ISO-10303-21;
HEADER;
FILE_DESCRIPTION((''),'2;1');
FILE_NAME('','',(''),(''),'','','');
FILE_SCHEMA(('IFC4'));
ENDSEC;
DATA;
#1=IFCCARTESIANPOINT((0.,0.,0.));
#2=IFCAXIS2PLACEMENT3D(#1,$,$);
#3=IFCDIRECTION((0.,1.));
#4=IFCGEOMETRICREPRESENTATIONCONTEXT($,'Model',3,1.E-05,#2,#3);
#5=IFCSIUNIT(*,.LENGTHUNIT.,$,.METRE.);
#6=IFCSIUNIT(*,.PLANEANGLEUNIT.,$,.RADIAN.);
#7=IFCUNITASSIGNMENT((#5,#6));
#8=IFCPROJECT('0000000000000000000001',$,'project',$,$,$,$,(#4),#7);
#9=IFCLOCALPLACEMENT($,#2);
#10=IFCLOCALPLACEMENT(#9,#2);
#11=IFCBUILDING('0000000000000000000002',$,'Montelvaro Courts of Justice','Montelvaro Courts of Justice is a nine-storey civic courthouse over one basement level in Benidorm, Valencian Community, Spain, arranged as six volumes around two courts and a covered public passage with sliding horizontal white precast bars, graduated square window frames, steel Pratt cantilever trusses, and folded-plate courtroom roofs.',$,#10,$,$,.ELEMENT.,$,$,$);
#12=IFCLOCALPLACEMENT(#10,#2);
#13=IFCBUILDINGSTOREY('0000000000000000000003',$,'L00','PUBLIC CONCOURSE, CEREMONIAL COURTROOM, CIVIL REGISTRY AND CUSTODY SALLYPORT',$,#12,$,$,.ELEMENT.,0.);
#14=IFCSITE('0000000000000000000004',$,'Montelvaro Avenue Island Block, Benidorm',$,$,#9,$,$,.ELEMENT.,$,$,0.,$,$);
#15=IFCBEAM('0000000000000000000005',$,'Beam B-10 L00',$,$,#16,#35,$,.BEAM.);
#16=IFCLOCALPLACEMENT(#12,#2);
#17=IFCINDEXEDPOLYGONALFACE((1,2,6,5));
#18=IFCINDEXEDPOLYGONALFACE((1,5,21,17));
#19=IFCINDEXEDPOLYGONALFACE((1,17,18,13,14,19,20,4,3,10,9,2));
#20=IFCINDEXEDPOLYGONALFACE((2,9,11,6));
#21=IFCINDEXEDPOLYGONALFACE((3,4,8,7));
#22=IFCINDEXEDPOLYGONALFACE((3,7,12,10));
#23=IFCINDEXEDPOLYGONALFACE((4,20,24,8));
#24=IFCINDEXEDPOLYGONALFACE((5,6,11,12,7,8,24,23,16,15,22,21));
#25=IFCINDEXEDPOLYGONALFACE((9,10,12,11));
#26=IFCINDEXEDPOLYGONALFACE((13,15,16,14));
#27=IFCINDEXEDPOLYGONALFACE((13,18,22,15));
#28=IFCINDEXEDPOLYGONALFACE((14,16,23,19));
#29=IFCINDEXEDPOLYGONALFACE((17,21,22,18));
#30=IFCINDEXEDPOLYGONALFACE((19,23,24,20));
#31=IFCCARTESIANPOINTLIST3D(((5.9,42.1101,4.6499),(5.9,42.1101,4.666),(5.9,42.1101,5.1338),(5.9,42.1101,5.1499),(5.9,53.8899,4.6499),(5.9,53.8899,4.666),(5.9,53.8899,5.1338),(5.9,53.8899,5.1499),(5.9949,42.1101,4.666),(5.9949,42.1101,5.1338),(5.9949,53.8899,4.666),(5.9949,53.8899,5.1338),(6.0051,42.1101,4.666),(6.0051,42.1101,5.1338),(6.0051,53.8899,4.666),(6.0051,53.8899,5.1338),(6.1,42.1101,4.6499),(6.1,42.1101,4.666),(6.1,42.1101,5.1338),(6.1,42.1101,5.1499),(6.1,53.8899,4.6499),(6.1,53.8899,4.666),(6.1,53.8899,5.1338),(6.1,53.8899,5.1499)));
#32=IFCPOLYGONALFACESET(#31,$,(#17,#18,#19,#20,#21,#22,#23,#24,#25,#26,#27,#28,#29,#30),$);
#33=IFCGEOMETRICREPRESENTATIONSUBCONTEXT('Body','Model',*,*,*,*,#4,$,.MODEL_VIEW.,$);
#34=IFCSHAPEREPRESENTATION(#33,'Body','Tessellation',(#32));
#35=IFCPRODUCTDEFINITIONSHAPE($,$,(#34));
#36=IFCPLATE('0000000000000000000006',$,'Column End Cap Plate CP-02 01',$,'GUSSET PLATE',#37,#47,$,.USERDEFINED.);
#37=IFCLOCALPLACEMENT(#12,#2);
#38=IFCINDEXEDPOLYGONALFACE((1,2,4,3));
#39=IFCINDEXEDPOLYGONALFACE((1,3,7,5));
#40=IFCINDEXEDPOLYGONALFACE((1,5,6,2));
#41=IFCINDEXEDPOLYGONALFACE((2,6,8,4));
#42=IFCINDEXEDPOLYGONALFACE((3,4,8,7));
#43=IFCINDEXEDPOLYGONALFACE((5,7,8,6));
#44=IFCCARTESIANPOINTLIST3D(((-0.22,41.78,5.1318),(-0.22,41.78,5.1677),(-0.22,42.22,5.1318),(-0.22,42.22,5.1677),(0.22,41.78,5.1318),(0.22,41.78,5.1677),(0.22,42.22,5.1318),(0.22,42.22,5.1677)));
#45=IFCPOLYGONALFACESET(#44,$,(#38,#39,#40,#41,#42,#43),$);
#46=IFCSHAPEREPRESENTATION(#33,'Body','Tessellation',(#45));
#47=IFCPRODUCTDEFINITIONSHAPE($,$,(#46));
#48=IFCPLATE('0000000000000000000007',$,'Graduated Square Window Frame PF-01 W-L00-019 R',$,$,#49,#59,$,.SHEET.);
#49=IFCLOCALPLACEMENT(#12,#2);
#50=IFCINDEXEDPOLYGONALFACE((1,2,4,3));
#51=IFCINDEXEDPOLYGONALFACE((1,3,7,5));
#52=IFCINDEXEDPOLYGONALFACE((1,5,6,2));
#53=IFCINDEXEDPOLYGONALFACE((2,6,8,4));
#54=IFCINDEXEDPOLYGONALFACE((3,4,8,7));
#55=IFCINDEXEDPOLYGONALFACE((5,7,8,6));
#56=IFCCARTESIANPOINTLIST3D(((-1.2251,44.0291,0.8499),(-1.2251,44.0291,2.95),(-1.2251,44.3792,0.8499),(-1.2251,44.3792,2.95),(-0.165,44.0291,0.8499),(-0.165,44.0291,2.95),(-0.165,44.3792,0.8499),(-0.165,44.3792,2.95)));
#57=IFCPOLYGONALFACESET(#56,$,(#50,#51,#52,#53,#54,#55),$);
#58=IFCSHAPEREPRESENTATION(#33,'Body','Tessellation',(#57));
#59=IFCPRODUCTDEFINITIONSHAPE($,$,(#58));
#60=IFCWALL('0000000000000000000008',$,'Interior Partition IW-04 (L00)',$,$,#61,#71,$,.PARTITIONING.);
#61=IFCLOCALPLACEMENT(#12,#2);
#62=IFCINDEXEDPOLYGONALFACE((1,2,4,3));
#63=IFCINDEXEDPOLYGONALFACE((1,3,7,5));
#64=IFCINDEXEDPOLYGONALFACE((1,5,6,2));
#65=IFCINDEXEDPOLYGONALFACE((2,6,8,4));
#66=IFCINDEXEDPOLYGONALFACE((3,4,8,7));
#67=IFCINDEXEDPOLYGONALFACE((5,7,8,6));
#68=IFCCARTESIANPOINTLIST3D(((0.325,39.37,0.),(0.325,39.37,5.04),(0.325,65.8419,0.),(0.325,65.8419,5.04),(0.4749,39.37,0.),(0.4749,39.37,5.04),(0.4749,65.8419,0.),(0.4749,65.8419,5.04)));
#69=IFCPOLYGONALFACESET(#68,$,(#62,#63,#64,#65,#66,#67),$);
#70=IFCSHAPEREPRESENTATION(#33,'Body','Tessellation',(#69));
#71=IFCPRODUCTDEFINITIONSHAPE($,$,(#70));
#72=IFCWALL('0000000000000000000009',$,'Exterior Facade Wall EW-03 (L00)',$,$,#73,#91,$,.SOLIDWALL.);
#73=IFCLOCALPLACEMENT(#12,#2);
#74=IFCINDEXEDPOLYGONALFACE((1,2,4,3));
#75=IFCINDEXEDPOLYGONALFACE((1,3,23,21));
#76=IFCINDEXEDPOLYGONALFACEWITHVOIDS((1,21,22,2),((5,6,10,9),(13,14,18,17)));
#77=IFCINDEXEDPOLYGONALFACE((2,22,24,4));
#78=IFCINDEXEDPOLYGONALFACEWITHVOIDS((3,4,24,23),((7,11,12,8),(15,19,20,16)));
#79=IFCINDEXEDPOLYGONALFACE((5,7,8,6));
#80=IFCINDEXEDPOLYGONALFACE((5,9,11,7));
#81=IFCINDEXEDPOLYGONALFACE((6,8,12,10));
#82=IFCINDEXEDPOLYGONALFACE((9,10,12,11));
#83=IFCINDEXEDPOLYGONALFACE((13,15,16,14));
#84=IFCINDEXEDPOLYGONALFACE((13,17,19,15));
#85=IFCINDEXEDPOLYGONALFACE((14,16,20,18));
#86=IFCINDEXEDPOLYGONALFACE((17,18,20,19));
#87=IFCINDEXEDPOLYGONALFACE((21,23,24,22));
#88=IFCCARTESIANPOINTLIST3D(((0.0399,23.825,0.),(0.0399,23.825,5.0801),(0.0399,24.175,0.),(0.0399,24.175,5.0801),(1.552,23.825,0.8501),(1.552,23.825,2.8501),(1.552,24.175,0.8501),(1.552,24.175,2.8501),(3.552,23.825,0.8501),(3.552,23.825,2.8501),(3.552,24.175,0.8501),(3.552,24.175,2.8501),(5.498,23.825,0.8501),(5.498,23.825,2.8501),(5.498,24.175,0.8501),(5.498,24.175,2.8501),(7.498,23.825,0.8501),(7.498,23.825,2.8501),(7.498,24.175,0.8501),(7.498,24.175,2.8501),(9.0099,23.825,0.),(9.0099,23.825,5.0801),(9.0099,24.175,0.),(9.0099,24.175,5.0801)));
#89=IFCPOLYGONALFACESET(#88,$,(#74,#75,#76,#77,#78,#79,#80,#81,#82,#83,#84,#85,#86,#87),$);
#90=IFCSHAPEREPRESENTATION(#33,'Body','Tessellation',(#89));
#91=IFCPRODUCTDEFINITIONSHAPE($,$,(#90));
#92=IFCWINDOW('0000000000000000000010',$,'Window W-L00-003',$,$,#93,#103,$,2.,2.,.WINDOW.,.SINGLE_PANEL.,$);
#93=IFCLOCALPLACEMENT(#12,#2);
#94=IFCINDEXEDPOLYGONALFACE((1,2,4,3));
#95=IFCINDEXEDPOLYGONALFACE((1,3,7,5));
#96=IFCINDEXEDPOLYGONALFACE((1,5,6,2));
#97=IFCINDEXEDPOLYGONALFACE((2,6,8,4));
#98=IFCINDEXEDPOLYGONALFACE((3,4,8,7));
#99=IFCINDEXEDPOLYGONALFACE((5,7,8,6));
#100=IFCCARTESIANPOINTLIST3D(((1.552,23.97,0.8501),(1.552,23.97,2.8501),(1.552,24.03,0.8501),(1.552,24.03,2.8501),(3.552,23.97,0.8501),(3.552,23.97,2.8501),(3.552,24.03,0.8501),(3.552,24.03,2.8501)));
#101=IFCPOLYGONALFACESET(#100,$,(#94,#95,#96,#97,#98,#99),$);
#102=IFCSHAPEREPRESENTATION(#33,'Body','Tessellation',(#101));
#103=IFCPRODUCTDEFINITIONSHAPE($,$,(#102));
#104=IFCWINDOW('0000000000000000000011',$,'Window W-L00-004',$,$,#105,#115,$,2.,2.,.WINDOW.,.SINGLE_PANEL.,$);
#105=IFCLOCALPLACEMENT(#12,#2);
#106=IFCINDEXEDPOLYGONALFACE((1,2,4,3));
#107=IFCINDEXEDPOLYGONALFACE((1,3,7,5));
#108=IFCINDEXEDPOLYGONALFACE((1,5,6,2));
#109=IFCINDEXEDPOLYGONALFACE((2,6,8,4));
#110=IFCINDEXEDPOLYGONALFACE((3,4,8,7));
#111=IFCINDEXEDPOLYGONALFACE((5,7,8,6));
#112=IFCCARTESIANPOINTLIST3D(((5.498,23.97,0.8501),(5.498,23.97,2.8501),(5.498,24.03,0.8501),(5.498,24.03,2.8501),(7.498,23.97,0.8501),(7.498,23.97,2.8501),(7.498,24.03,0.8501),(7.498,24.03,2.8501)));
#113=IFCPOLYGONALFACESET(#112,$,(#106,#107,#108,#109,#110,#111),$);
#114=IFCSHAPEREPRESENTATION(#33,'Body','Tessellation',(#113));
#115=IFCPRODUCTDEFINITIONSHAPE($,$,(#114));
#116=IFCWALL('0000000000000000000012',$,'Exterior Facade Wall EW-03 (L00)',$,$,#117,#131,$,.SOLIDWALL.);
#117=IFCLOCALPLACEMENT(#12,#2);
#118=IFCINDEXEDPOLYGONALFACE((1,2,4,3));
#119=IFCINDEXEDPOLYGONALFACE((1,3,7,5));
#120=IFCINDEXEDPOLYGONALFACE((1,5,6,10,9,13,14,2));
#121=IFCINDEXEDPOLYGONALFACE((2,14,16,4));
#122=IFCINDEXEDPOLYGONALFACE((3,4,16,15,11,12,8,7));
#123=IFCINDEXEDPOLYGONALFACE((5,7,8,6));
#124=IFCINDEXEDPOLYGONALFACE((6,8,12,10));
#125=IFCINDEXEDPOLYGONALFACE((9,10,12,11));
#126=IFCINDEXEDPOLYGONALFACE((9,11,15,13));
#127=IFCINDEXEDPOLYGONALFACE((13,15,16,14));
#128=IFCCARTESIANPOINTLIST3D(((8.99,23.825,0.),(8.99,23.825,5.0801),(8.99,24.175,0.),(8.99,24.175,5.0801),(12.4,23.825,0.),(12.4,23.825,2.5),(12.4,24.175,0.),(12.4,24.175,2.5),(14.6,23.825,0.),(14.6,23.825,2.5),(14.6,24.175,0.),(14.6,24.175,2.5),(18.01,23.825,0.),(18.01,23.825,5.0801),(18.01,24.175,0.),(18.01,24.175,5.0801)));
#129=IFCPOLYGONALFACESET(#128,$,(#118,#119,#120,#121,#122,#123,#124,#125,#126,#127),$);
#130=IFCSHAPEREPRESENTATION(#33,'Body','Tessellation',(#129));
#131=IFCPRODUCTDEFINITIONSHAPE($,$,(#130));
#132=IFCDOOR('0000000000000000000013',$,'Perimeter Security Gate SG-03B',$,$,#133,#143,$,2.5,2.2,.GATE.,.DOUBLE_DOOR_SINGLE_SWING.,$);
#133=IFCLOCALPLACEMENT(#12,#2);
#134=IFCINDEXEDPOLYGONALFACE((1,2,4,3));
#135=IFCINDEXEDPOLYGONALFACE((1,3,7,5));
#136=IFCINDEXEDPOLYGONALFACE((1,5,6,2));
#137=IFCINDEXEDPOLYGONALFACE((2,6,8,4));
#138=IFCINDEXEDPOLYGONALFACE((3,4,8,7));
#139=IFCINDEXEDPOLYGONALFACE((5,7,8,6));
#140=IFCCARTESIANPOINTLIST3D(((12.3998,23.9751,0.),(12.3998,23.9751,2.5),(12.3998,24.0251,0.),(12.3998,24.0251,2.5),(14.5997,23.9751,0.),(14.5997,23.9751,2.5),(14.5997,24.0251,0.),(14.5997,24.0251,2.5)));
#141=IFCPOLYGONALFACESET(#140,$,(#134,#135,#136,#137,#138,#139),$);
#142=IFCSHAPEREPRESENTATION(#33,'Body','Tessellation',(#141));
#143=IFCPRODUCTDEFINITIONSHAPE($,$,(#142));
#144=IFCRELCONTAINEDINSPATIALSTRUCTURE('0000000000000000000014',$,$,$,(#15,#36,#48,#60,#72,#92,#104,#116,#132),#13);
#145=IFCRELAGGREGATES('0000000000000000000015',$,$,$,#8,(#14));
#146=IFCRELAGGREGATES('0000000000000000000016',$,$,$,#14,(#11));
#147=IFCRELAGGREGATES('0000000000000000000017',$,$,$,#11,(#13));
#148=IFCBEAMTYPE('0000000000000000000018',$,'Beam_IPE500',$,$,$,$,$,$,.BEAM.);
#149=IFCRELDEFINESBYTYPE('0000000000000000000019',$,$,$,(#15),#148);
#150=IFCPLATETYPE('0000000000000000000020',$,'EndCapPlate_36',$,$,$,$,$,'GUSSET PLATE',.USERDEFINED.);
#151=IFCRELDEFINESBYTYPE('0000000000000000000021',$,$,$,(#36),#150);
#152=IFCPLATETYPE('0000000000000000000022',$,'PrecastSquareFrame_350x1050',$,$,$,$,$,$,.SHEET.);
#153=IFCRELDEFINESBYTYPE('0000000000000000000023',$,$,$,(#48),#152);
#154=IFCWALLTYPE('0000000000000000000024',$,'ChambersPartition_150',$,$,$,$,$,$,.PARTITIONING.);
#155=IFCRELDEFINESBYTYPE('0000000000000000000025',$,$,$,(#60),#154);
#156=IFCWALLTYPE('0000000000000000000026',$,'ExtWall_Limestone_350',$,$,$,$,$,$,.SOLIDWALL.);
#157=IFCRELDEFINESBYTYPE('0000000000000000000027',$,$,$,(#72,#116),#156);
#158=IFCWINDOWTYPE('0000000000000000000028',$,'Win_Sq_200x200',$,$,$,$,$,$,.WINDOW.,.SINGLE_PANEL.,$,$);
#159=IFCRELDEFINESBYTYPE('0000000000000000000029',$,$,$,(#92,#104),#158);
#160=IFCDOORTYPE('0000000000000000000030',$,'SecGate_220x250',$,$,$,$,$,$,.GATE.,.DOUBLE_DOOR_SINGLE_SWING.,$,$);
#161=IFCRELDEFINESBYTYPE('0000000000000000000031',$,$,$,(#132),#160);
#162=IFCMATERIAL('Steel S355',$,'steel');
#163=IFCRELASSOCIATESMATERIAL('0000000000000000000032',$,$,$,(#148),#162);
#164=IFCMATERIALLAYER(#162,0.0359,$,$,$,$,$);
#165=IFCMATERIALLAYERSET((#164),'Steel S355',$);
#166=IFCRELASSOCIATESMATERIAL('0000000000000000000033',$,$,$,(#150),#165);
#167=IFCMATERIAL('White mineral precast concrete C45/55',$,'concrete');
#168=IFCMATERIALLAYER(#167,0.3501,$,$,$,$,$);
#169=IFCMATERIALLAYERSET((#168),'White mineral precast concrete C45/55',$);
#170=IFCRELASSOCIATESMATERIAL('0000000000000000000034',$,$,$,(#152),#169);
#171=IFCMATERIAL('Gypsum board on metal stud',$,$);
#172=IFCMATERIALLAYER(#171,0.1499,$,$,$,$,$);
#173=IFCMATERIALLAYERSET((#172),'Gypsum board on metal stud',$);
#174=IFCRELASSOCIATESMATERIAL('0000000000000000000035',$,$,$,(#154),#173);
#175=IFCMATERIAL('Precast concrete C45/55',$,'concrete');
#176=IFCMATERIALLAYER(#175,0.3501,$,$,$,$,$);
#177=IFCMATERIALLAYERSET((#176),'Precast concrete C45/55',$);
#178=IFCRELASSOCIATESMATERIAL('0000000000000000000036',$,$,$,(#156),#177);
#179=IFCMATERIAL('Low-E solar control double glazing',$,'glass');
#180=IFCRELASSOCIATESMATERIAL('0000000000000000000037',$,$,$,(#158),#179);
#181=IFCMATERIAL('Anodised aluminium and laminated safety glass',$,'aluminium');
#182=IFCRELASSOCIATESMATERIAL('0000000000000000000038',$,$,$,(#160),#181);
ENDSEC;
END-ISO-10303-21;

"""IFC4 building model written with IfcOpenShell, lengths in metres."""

from ifc_helpers import new_model, si_unit, direction, frame, frame_2d, origin, origin_2d, place, context, subcontext, project, spatial, rectangle, i_section, extrude, material, layer, layer_set, material_profile, profile_set, type_object, element, fill, save


model = new_model("IFC4")

# Units and contexts
model_context = context("Model", 3, precision=1e-05, world=origin(), true_north=direction((0.0, 1.0)))
body_context = subcontext(model_context, "Body", "Model", "MODEL_VIEW")
ifc_project = project(units=[si_unit("LENGTHUNIT", "METRE"), si_unit("PLANEANGLEUNIT", "RADIAN")], contexts=[model_context])

# Site, building, storey
site_placement = place(None, origin())
site = spatial("IfcSite", under=ifc_project, at=site_placement, Name="Montelvaro Avenue Island Block, Benidorm", CompositionType="ELEMENT", RefElevation=0.0)
building_placement = place(site_placement, origin())
building = spatial("IfcBuilding", under=site, at=building_placement, Name="Montelvaro Courts of Justice", Description="Montelvaro Courts of Justice is a nine-storey civic courthouse over one basement level in Benidorm, Valencian Community, Spain, arranged as six volumes around two courts and a covered public passage with sliding horizontal white precast bars, graduated square window frames, steel Pratt cantilever trusses, and folded-plate courtroom roofs.", CompositionType="ELEMENT")
storey_placement = place(building_placement, origin())
storey = spatial("IfcBuildingStorey", under=building, at=storey_placement, Name="L00", Description="PUBLIC CONCOURSE, CEREMONIAL COURTROOM, CIVIL REGISTRY AND CUSTODY SALLYPORT", CompositionType="ELEMENT", Elevation=0.0)

# Shared definitions
ifc_material_1 = material(Name="Steel S355", Category="steel")

# Beam
ifc_material_profile_1 = material_profile(ifc_material_1, i_section(OverallWidth=0.2, OverallDepth=0.5, WebThickness=0.0103, FlangeThickness=0.0161, at=origin_2d()), Name="IPE 500")
ifc_profile_set_1 = profile_set([ifc_material_profile_1], Name="Steel S355")
beam_type_1 = type_object("IfcBeamType", Name="Beam_IPE500", PredefinedType="BEAM", material=ifc_profile_set_1)
beam_1_placement = place(storey_placement, frame((6.0, 42.1101, 4.8999), z_axis=(0.0, 1.0, 0.0), x_axis=(-1.0, 0.0, 0.0)))
element("IfcBeam", 1, at=beam_1_placement, inside=storey, type_object=beam_type_1, Name="Beam B-10 L00", PredefinedType="BEAM", context=body_context, shape_type="SweptSolid", body=[
    extrude(i_section(OverallWidth=0.2, OverallDepth=0.5, WebThickness=0.0103, FlangeThickness=0.0161, at=origin_2d()), origin(), (0.0, 0.0, 1.0), 11.7798),
])

# Plates
ifc_layer_1 = layer(ifc_material_1, 0.0359)
ifc_layer_set_1 = layer_set([ifc_layer_1], Name="Steel S355")
plate_type_1 = type_object("IfcPlateType", Name="EndCapPlate_36", ElementType="GUSSET PLATE", PredefinedType="USERDEFINED", material=ifc_layer_set_1)
plate_1_placement = place(storey_placement, frame((0.0, 42.0, 5.1318), z_axis=(0.0, 0.0, 1.0), x_axis=(1.0, 0.0, 0.0)))
element("IfcPlate", 2, at=plate_1_placement, inside=storey, type_object=plate_type_1, Name="Column End Cap Plate CP-02 01", ObjectType="GUSSET PLATE", PredefinedType="USERDEFINED", context=body_context, shape_type="SweptSolid", body=[
    extrude(rectangle(XDim=0.4399, YDim=0.4399, at=origin_2d()), origin(), (0.0, 0.0, 1.0), 0.0359),
])
ifc_material_2 = material(Name="White mineral precast concrete C45/55", Category="concrete")
ifc_layer_2 = layer(ifc_material_2, 0.3501)
ifc_layer_set_2 = layer_set([ifc_layer_2], Name="White mineral precast concrete C45/55")
plate_type_2 = type_object("IfcPlateType", Name="PrecastSquareFrame_350x1050", PredefinedType="SHEET", material=ifc_layer_set_2)
plate_2_placement = place(storey_placement, frame((-0.6951, 44.2041, 0.8499), z_axis=(0.0, 0.0, 1.0), x_axis=(0.0, -1.0, 0.0)))
element("IfcPlate", 3, at=plate_2_placement, inside=storey, type_object=plate_type_2, Name="Graduated Square Window Frame PF-01 W-L00-019 R", PredefinedType="SHEET", context=body_context, shape_type="SweptSolid", body=[
    extrude(rectangle(XDim=0.3501, YDim=1.0601, at=origin_2d()), origin(), (0.0, 0.0, 1.0), 2.1001),
])

# Wall
ifc_material_3 = material(Name="Gypsum board on metal stud")
ifc_layer_3 = layer(ifc_material_3, 0.1499)
ifc_layer_set_3 = layer_set([ifc_layer_3], Name="Gypsum board on metal stud")
wall_type_1 = type_object("IfcWallType", Name="ChambersPartition_150", PredefinedType="PARTITIONING", material=ifc_layer_set_3)
wall_1_placement = place(storey_placement, frame((0.3999, 39.3701, 0.0), z_axis=(0.0, 0.0, 1.0), x_axis=(0.0, 1.0, 0.0)))
element("IfcWall", 4, at=wall_1_placement, inside=storey, type_object=wall_type_1, Name="Interior Partition IW-04 (L00)", PredefinedType="PARTITIONING", context=body_context, shape_type="SweptSolid", body=[
    extrude(rectangle(XDim=26.4719, YDim=0.1499, at=frame_2d((13.2358, 0.0))), origin(), (0.0, 0.0, 1.0), 5.04),
])

# Wall, openings, windows
ifc_material_4 = material(Name="Precast concrete C45/55", Category="concrete")
ifc_layer_4 = layer(ifc_material_4, 0.3501)
ifc_layer_set_4 = layer_set([ifc_layer_4], Name="Precast concrete C45/55")
wall_type_2 = type_object("IfcWallType", Name="ExtWall_Limestone_350", PredefinedType="SOLIDWALL", material=ifc_layer_set_4)
wall_2_placement = place(storey_placement, frame((0.04, 24.0, 0.0), z_axis=(0.0, 0.0, 1.0), x_axis=(1.0, 0.0, 0.0)))
wall_2 = element("IfcWall", 5, at=wall_2_placement, inside=storey, type_object=wall_type_2, Name="Exterior Facade Wall EW-03 (L00)", PredefinedType="SOLIDWALL", context=body_context, shape_type="SweptSolid", body=[
    extrude(rectangle(XDim=8.97, YDim=0.3501, at=frame_2d((4.4849, 0.0))), origin(), (0.0, 0.0, 1.0), 5.0801),
])
opening_1_placement = place(wall_2_placement, frame((1.512, 0.0, 0.8501)))
opening_1 = element("IfcOpeningElement", 6, at=opening_1_placement, cuts=wall_2, PredefinedType="OPENING", context=body_context, shape_type="SweptSolid", body=[
    extrude(rectangle(XDim=2.0, YDim=2.0, at=frame_2d((1.0, 1.0))), frame((0.0, 0.1899, 0.0), z_axis=(0.0, -1.0, 0.0), x_axis=(1.0, 0.0, 0.0)), (0.0, 0.0, 1.0), 0.3799),
])
opening_2_placement = place(wall_2_placement, frame((5.458, 0.0, 0.8501)))
opening_2 = element("IfcOpeningElement", 7, at=opening_2_placement, cuts=wall_2, PredefinedType="OPENING", context=body_context, shape_type="SweptSolid", body=[
    extrude(rectangle(XDim=2.0, YDim=2.0, at=frame_2d((1.0, 1.0))), frame((0.0, 0.1899, 0.0), z_axis=(0.0, -1.0, 0.0), x_axis=(1.0, 0.0, 0.0)), (0.0, 0.0, 1.0), 0.3799),
])
ifc_material_5 = material(Name="Low-E solar control double glazing", Category="glass")
window_type_1 = type_object("IfcWindowType", Name="Win_Sq_200x200", PartitioningType="SINGLE_PANEL", PredefinedType="WINDOW", material=ifc_material_5)
window_1_placement = place(opening_1_placement, origin())
window_1 = element("IfcWindow", 8, at=window_1_placement, inside=storey, type_object=window_type_1, Name="Window W-L00-003", OverallHeight=2.0, OverallWidth=2.0, PartitioningType="SINGLE_PANEL", PredefinedType="WINDOW", context=body_context, shape_type="SweptSolid", body=[
    extrude(rectangle(XDim=2.0, YDim=2.0, at=frame_2d((1.0, 1.0))), frame((0.0, 0.03, 0.0), z_axis=(0.0, -1.0, 0.0), x_axis=(1.0, 0.0, 0.0)), (0.0, 0.0, 1.0), 0.0601),
])
fill(opening_1, window_1)
window_2_placement = place(opening_2_placement, origin())
window_2 = element("IfcWindow", 9, at=window_2_placement, inside=storey, type_object=window_type_1, Name="Window W-L00-004", OverallHeight=2.0, OverallWidth=2.0, PartitioningType="SINGLE_PANEL", PredefinedType="WINDOW", context=body_context, shape_type="SweptSolid", body=[
    extrude(rectangle(XDim=2.0, YDim=2.0, at=frame_2d((1.0, 1.0))), frame((0.0, 0.03, 0.0), z_axis=(0.0, -1.0, 0.0), x_axis=(1.0, 0.0, 0.0)), (0.0, 0.0, 1.0), 0.0601),
])
fill(opening_2, window_2)

# Wall, opening, door
wall_3_placement = place(storey_placement, frame((8.99, 24.0, 0.0), z_axis=(0.0, 0.0, 1.0), x_axis=(1.0, 0.0, 0.0)))
wall_3 = element("IfcWall", 10, at=wall_3_placement, inside=storey, type_object=wall_type_2, Name="Exterior Facade Wall EW-03 (L00)", PredefinedType="SOLIDWALL", context=body_context, shape_type="SweptSolid", body=[
    extrude(rectangle(XDim=9.02, YDim=0.3501, at=frame_2d((4.51, 0.0))), origin(), (0.0, 0.0, 1.0), 5.0801),
])
opening_3_placement = place(wall_3_placement, frame((3.4099, 0.0, 0.0)))
opening_3 = element("IfcOpeningElement", 11, at=opening_3_placement, cuts=wall_3, PredefinedType="OPENING", context=body_context, shape_type="SweptSolid", body=[
    extrude(rectangle(XDim=2.2, YDim=2.5, at=frame_2d((1.1001, 1.25))), frame((0.0, 0.1899, 0.0), z_axis=(0.0, -1.0, 0.0), x_axis=(1.0, 0.0, 0.0)), (0.0, 0.0, 1.0), 0.3799),
])
ifc_material_6 = material(Name="Anodised aluminium and laminated safety glass", Category="aluminium")
door_type_1 = type_object("IfcDoorType", Name="SecGate_220x250", OperationType="DOUBLE_DOOR_SINGLE_SWING", PredefinedType="GATE", material=ifc_material_6)
door_1_placement = place(opening_3_placement, frame((2.2, 0.0, 0.0), z_axis=(0.0, 0.0, 1.0), x_axis=(-1.0, 0.0, 0.0)))
door_1 = element("IfcDoor", 12, at=door_1_placement, inside=storey, type_object=door_type_1, Name="Perimeter Security Gate SG-03B", OperationType="DOUBLE_DOOR_SINGLE_SWING", OverallHeight=2.5, OverallWidth=2.2, PredefinedType="GATE", context=body_context, shape_type="SweptSolid", body=[
    extrude(rectangle(XDim=2.2, YDim=2.5, at=frame_2d((1.1001, 1.25))), frame((0.0, 0.0249, 0.0), z_axis=(0.0, -1.0, 0.0), x_axis=(1.0, 0.0, 0.0)), (0.0, 0.0, 1.0), 0.05),
])
fill(opening_3, door_1)

save(model, "model.ifc")
